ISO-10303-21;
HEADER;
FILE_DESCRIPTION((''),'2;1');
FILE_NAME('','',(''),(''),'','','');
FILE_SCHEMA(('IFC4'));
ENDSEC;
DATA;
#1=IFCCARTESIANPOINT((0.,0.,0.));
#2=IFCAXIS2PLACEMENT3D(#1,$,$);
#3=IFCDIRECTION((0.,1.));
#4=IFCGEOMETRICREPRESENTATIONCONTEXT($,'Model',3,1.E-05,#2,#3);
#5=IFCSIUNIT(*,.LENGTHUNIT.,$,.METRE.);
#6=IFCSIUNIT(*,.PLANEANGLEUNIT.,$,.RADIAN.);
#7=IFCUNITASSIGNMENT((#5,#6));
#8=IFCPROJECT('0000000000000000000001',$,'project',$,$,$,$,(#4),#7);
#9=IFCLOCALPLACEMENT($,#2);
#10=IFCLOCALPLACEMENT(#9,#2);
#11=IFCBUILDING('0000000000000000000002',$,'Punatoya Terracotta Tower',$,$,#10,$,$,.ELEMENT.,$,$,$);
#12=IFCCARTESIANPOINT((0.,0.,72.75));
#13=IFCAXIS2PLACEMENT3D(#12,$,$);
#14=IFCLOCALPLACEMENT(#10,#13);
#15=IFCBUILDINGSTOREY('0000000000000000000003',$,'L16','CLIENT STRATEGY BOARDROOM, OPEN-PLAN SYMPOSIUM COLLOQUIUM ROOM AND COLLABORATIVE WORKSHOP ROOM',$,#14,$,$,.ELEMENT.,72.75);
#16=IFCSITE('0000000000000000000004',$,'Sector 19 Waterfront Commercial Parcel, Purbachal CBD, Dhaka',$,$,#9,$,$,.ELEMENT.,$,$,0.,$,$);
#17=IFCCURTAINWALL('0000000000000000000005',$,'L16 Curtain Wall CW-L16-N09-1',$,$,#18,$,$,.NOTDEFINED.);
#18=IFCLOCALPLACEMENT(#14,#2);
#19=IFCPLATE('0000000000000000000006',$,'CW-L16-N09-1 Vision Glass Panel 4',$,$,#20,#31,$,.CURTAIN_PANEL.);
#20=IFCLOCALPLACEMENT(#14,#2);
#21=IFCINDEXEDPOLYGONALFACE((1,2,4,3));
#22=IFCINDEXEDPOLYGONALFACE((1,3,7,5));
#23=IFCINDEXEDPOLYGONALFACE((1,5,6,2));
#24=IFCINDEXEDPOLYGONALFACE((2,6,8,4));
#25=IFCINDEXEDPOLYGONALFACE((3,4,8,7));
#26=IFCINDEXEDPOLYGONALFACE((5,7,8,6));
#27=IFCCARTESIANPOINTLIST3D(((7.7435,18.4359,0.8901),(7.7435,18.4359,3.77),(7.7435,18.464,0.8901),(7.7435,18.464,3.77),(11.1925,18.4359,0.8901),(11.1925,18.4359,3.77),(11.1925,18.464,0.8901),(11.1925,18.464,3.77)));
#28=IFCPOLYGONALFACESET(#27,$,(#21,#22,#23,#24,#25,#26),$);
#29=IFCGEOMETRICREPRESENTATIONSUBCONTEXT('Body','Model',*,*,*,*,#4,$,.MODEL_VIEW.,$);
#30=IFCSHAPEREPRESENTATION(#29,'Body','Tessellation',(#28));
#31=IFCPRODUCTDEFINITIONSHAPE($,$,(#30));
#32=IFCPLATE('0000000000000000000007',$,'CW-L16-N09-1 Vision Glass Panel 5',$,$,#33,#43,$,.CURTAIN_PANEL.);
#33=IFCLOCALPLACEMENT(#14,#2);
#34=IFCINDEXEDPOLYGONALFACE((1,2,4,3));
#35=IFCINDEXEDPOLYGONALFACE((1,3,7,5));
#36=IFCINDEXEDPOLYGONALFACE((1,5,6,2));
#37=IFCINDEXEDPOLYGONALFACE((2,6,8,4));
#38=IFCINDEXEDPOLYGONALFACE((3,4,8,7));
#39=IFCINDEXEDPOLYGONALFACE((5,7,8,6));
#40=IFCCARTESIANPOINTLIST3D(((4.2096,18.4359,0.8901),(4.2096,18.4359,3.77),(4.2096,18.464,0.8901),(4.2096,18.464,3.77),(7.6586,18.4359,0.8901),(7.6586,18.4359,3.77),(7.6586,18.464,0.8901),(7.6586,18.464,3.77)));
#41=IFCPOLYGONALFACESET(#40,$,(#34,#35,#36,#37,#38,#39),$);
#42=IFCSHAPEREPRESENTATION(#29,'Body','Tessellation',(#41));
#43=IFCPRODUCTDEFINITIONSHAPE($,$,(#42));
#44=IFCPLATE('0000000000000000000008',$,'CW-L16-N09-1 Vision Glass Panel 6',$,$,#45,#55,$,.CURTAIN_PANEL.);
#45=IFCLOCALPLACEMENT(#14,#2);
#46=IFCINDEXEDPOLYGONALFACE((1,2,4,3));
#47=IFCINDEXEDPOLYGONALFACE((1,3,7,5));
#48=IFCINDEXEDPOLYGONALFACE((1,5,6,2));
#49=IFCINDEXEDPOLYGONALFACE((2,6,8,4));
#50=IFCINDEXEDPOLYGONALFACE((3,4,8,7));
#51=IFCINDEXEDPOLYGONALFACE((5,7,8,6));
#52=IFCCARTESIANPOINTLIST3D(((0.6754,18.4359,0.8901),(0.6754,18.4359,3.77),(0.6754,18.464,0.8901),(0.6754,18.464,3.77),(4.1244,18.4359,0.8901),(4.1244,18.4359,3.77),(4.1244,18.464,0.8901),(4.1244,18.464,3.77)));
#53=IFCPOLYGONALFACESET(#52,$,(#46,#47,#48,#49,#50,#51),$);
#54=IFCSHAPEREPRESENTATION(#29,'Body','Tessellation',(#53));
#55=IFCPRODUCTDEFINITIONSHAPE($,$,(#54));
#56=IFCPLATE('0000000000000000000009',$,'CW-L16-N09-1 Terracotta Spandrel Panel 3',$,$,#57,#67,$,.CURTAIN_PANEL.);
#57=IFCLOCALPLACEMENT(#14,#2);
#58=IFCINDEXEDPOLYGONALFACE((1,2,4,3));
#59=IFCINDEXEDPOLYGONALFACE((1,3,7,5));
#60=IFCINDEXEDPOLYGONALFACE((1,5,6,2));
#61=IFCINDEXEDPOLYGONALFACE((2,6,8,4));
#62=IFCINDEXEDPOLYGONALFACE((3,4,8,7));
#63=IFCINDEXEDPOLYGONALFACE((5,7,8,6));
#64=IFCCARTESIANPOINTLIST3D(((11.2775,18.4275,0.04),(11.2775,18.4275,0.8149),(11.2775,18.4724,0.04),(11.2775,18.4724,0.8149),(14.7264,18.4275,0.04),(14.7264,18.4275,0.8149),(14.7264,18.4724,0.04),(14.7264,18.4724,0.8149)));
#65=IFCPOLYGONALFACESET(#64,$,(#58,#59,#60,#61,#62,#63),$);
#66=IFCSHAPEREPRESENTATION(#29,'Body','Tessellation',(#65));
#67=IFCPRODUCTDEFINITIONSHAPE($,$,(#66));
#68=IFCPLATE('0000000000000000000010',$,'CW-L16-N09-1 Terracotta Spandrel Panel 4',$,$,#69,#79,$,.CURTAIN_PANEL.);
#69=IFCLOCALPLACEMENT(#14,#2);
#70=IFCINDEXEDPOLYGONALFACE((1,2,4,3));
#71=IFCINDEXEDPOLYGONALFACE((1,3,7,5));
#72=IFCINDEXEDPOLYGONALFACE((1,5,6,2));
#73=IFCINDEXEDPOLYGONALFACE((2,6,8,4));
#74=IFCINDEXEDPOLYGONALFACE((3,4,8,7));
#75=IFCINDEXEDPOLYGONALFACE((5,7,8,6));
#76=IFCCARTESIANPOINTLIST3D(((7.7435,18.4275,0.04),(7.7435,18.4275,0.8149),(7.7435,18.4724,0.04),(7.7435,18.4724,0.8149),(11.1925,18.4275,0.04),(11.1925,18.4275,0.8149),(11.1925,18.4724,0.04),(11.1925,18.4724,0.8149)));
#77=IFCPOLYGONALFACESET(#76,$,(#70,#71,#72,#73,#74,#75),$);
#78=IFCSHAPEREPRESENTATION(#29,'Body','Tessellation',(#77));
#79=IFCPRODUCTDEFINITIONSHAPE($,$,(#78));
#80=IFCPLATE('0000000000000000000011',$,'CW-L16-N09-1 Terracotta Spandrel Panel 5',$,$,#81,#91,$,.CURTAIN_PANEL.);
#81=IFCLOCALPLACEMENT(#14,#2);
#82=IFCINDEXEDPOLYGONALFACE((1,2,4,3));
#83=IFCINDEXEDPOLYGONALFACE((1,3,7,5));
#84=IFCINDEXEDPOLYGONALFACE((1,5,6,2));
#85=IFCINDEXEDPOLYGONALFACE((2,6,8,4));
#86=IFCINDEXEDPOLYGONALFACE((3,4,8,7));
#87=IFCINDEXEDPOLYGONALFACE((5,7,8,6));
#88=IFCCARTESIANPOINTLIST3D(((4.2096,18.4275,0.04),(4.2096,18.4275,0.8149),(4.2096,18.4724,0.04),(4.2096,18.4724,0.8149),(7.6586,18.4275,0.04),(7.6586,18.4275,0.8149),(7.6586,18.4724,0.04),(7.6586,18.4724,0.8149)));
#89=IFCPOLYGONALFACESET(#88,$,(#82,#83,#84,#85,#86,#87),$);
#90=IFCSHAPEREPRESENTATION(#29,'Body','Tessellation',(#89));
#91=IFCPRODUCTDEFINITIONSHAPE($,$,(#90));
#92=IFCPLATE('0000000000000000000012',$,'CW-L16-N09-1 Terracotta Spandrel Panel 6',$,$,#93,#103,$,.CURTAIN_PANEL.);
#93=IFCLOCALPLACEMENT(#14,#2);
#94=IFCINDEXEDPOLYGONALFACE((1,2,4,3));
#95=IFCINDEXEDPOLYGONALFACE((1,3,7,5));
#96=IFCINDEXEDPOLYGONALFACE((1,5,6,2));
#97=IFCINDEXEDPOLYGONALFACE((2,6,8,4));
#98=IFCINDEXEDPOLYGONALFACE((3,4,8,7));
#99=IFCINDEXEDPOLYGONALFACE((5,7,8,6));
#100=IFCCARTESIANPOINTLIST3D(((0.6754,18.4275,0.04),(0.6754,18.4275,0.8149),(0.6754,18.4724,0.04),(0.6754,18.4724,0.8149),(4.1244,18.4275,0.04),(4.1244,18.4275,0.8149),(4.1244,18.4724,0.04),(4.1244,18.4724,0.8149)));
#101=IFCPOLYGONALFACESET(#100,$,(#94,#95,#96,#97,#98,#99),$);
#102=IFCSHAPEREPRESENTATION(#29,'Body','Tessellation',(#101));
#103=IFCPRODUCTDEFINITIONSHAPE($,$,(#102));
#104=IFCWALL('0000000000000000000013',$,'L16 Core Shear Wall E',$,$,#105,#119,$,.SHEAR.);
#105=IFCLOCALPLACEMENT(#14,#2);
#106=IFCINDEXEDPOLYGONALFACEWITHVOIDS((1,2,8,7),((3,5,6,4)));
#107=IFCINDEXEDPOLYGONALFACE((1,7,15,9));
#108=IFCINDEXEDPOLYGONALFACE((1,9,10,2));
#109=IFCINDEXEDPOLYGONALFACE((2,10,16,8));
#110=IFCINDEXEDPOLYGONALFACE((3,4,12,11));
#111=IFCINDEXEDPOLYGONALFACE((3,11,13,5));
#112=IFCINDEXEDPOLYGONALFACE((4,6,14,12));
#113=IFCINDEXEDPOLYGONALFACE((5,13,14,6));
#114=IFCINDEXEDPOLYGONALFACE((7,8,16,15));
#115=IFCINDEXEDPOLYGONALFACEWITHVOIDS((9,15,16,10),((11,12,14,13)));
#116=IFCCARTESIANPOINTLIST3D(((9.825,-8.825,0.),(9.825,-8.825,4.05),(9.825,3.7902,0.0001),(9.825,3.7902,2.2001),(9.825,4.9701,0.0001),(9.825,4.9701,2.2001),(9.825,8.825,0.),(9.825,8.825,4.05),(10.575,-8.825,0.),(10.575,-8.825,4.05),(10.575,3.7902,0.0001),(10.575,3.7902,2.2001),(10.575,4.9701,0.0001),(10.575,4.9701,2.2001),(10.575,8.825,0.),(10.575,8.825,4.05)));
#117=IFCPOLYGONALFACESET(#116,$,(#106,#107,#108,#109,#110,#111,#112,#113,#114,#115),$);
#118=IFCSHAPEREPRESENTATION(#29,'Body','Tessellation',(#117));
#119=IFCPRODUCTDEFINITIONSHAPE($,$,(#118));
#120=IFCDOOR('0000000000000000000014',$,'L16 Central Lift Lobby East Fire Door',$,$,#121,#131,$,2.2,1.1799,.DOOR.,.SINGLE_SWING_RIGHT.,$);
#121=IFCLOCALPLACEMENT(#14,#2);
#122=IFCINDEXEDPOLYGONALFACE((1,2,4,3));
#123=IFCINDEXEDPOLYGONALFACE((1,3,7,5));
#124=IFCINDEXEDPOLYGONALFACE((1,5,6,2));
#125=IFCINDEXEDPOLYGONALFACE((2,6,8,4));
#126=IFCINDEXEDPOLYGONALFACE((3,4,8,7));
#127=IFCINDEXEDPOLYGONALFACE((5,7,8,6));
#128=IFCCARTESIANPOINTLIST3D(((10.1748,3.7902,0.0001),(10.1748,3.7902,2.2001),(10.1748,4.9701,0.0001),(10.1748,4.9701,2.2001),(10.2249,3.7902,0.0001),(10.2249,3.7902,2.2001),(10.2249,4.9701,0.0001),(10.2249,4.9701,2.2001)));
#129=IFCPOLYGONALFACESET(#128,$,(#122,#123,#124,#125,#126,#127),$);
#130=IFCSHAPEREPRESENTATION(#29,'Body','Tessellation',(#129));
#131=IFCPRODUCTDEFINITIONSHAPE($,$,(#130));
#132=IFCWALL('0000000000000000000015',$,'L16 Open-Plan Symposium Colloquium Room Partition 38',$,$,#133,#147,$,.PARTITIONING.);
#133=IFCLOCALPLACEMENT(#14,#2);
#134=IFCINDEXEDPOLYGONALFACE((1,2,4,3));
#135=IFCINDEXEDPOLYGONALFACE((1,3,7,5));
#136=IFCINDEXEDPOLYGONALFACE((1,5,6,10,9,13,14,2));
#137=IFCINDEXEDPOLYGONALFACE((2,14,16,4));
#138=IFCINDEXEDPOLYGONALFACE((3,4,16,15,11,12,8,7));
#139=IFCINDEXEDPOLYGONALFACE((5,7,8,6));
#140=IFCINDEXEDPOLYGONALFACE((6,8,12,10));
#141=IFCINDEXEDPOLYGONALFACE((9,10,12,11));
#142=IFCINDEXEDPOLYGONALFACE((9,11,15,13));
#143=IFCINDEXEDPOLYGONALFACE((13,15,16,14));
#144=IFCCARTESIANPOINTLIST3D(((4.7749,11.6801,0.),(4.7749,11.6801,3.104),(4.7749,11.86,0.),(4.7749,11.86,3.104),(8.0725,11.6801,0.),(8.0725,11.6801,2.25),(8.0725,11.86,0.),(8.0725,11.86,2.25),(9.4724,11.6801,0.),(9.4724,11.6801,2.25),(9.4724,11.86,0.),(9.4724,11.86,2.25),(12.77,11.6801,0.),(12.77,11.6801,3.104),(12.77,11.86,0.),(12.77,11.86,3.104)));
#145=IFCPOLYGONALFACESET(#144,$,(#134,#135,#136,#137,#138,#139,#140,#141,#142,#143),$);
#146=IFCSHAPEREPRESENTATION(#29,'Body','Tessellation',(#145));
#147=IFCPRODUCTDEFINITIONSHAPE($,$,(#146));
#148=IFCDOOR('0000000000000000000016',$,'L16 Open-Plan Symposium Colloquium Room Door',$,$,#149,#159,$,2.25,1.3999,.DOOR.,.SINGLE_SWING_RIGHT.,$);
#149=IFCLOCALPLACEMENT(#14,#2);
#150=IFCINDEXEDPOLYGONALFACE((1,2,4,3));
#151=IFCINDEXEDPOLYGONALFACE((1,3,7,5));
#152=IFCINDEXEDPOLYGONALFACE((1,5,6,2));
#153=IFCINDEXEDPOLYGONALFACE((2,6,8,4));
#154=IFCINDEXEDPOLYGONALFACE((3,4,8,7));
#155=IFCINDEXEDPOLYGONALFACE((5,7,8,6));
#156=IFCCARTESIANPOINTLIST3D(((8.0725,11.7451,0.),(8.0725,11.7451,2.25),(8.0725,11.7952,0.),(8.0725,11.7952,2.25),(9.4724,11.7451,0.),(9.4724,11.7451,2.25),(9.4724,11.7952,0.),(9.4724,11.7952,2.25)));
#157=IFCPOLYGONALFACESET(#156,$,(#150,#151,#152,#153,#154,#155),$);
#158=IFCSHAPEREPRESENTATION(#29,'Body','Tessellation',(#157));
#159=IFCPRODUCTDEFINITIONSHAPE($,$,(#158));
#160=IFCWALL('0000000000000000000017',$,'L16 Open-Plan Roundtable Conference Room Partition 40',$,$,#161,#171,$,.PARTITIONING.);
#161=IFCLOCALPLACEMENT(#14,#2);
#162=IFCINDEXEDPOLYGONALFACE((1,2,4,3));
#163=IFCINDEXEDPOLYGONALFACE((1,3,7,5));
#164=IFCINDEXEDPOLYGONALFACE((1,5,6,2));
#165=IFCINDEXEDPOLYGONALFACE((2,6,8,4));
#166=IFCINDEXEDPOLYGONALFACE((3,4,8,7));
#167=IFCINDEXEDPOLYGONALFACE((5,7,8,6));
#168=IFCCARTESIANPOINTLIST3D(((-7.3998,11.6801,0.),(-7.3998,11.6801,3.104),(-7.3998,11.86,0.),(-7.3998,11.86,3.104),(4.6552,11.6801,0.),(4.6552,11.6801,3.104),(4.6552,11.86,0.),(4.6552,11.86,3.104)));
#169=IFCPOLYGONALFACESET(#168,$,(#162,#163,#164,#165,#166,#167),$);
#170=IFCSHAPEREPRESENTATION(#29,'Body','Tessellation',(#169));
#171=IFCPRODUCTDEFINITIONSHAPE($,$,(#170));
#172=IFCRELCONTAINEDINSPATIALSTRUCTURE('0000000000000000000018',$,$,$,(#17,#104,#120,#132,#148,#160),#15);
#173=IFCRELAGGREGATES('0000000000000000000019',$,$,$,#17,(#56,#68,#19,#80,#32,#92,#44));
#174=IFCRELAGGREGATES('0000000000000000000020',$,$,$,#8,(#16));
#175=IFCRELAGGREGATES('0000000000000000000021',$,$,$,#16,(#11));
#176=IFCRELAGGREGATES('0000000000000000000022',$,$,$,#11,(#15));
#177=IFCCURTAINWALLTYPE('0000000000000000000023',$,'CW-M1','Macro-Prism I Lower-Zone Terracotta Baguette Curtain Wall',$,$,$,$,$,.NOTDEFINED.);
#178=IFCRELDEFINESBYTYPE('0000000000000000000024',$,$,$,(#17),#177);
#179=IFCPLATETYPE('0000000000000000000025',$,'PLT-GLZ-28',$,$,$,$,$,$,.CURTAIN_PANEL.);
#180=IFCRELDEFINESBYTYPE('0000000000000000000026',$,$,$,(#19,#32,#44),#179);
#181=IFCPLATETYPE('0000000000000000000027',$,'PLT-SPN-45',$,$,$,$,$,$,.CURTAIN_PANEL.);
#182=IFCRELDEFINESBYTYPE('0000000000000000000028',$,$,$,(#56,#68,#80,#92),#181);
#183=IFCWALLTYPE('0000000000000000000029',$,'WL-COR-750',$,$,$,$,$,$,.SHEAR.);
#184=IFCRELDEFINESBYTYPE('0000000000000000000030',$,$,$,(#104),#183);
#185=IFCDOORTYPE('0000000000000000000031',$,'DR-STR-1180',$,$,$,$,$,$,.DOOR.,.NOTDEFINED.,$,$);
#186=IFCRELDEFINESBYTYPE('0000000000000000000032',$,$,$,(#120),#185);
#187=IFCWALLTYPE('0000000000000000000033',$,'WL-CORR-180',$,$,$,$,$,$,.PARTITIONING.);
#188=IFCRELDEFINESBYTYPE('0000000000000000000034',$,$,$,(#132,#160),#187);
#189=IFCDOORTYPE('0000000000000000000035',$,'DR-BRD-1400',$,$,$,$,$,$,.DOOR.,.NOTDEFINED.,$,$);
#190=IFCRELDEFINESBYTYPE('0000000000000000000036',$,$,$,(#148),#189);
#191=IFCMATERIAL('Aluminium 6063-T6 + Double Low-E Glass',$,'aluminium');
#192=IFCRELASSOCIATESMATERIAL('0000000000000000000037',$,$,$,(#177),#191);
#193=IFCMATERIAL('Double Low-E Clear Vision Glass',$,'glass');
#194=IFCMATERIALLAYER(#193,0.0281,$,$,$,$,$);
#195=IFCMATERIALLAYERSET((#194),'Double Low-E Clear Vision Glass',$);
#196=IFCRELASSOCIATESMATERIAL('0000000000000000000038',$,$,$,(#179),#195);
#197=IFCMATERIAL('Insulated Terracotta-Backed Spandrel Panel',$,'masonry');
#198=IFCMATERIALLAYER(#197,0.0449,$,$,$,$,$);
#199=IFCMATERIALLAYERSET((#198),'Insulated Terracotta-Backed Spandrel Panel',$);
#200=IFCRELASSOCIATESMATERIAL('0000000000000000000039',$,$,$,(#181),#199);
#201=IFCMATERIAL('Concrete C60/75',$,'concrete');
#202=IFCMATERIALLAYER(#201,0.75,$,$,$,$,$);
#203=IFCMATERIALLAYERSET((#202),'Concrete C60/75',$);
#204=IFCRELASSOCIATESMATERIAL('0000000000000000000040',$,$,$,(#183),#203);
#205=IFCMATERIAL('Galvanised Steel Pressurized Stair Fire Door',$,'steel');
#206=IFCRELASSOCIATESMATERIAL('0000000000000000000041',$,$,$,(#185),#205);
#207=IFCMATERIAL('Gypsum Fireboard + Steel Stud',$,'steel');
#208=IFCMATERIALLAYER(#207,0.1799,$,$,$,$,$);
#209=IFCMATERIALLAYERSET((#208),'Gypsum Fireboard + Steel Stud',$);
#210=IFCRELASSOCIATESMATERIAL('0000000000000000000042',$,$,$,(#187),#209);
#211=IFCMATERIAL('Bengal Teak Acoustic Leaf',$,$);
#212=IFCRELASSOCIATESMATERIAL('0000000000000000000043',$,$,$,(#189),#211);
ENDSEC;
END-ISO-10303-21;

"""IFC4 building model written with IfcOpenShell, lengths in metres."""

from ifc_helpers import new_model, si_unit, direction, frame, frame_2d, origin, origin_2d, place, context, subcontext, project, spatial, rectangle, extrude, material, layer, layer_set, type_object, element, fill, aggregate, save


model = new_model("IFC4")

# Units and contexts
model_context = context("Model", 3, precision=1e-05, world=origin(), true_north=direction((0.0, 1.0)))
body_context = subcontext(model_context, "Body", "Model", "MODEL_VIEW")
ifc_project = project(units=[si_unit("LENGTHUNIT", "METRE"), si_unit("PLANEANGLEUNIT", "RADIAN")], contexts=[model_context])

# Site, building, storey
site_placement = place(None, origin())
site = spatial("IfcSite", under=ifc_project, at=site_placement, Name="Sector 19 Waterfront Commercial Parcel, Purbachal CBD, Dhaka", CompositionType="ELEMENT", RefElevation=0.0)
building_placement = place(site_placement, origin())
building = spatial("IfcBuilding", under=site, at=building_placement, Name="Punatoya Terracotta Tower", CompositionType="ELEMENT")
storey_placement = place(building_placement, frame((0.0, 0.0, 72.75)))
storey = spatial("IfcBuildingStorey", under=building, at=storey_placement, Name="L16", Description="CLIENT STRATEGY BOARDROOM, OPEN-PLAN SYMPOSIUM COLLOQUIUM ROOM AND COLLABORATIVE WORKSHOP ROOM", CompositionType="ELEMENT", Elevation=72.75)

# Curtain wall, plates
ifc_material_1 = material(Name="Aluminium 6063-T6 + Double Low-E Glass", Category="aluminium")
curtain_wall_type = type_object("IfcCurtainWallType", Name="CW-M1", Description="Macro-Prism I Lower-Zone Terracotta Baguette Curtain Wall", PredefinedType="NOTDEFINED", material=ifc_material_1)
curtain_wall_placement = place(storey_placement, origin())
curtain_wall = element("IfcCurtainWall", 1, at=curtain_wall_placement, inside=storey, type_object=curtain_wall_type, Name="L16 Curtain Wall CW-L16-N09-1", PredefinedType="NOTDEFINED")
ifc_material_2 = material(Name="Double Low-E Clear Vision Glass", Category="glass")
ifc_layer_1 = layer(ifc_material_2, 0.0281)
ifc_layer_set_1 = layer_set([ifc_layer_1], Name="Double Low-E Clear Vision Glass")
plate_type_1 = type_object("IfcPlateType", Name="PLT-GLZ-28", PredefinedType="CURTAIN_PANEL", material=ifc_layer_set_1)
plate_1_placement = place(storey_placement, frame((9.468, 18.45, 0.8901), z_axis=(0.0, 0.0, 1.0), x_axis=(-1.0, 0.0, 0.0)))
plate_1 = element("IfcPlate", 2, at=plate_1_placement, type_object=plate_type_1, Name="CW-L16-N09-1 Vision Glass Panel 4", PredefinedType="CURTAIN_PANEL", context=body_context, shape_type="SweptSolid", body=[
    extrude(rectangle(XDim=3.449, YDim=0.0281, at=origin_2d()), origin(), (0.0, 0.0, 1.0), 2.8799),
])
plate_2_placement = place(storey_placement, frame((5.9341, 18.45, 0.8901), z_axis=(0.0, 0.0, 1.0), x_axis=(-1.0, 0.0, 0.0)))
plate_2 = element("IfcPlate", 3, at=plate_2_placement, type_object=plate_type_1, Name="CW-L16-N09-1 Vision Glass Panel 5", PredefinedType="CURTAIN_PANEL", context=body_context, shape_type="SweptSolid", body=[
    extrude(rectangle(XDim=3.449, YDim=0.0281, at=origin_2d()), origin(), (0.0, 0.0, 1.0), 2.8799),
])
plate_3_placement = place(storey_placement, frame((2.3999, 18.45, 0.8901), z_axis=(0.0, 0.0, 1.0), x_axis=(-1.0, 0.0, 0.0)))
plate_3 = element("IfcPlate", 4, at=plate_3_placement, type_object=plate_type_1, Name="CW-L16-N09-1 Vision Glass Panel 6", PredefinedType="CURTAIN_PANEL", context=body_context, shape_type="SweptSolid", body=[
    extrude(rectangle(XDim=3.449, YDim=0.0281, at=origin_2d()), origin(), (0.0, 0.0, 1.0), 2.8799),
])
ifc_material_3 = material(Name="Insulated Terracotta-Backed Spandrel Panel", Category="masonry")
ifc_layer_2 = layer(ifc_material_3, 0.0449)
ifc_layer_set_2 = layer_set([ifc_layer_2], Name="Insulated Terracotta-Backed Spandrel Panel")
plate_type_2 = type_object("IfcPlateType", Name="PLT-SPN-45", PredefinedType="CURTAIN_PANEL", material=ifc_layer_set_2)
plate_4_placement = place(storey_placement, frame((13.002, 18.45, 0.04), z_axis=(0.0, 0.0, 1.0), x_axis=(-1.0, 0.0, 0.0)))
plate_4 = element("IfcPlate", 5, at=plate_4_placement, type_object=plate_type_2, Name="CW-L16-N09-1 Terracotta Spandrel Panel 3", PredefinedType="CURTAIN_PANEL", context=body_context, shape_type="SweptSolid", body=[
    extrude(rectangle(XDim=3.449, YDim=0.0449, at=origin_2d()), origin(), (0.0, 0.0, 1.0), 0.7749),
])
plate_5_placement = place(storey_placement, frame((9.468, 18.45, 0.04), z_axis=(0.0, 0.0, 1.0), x_axis=(-1.0, 0.0, 0.0)))
plate_5 = element("IfcPlate", 6, at=plate_5_placement, type_object=plate_type_2, Name="CW-L16-N09-1 Terracotta Spandrel Panel 4", PredefinedType="CURTAIN_PANEL", context=body_context, shape_type="SweptSolid", body=[
    extrude(rectangle(XDim=3.449, YDim=0.0449, at=origin_2d()), origin(), (0.0, 0.0, 1.0), 0.7749),
])
plate_6_placement = place(storey_placement, frame((5.9341, 18.45, 0.04), z_axis=(0.0, 0.0, 1.0), x_axis=(-1.0, 0.0, 0.0)))
plate_6 = element("IfcPlate", 7, at=plate_6_placement, type_object=plate_type_2, Name="CW-L16-N09-1 Terracotta Spandrel Panel 5", PredefinedType="CURTAIN_PANEL", context=body_context, shape_type="SweptSolid", body=[
    extrude(rectangle(XDim=3.449, YDim=0.0449, at=origin_2d()), origin(), (0.0, 0.0, 1.0), 0.7749),
])
plate_7_placement = place(storey_placement, frame((2.3999, 18.45, 0.04), z_axis=(0.0, 0.0, 1.0), x_axis=(-1.0, 0.0, 0.0)))
plate_7 = element("IfcPlate", 8, at=plate_7_placement, type_object=plate_type_2, Name="CW-L16-N09-1 Terracotta Spandrel Panel 6", PredefinedType="CURTAIN_PANEL", context=body_context, shape_type="SweptSolid", body=[
    extrude(rectangle(XDim=3.449, YDim=0.0449, at=origin_2d()), origin(), (0.0, 0.0, 1.0), 0.7749),
])
aggregate(curtain_wall, [plate_4, plate_5, plate_1, plate_6, plate_2, plate_7, plate_3])

# Walls, openings, doors
ifc_material_4 = material(Name="Concrete C60/75", Category="concrete")
ifc_layer_3 = layer(ifc_material_4, 0.75)
ifc_layer_set_3 = layer_set([ifc_layer_3], Name="Concrete C60/75")
wall_type_1 = type_object("IfcWallType", Name="WL-COR-750", PredefinedType="SHEAR", material=ifc_layer_set_3)
wall_1_placement = place(storey_placement, frame((10.2, 8.825, 0.0), z_axis=(0.0, 0.0, 1.0), x_axis=(0.0, -1.0, 0.0)))
wall_1 = element("IfcWall", 9, at=wall_1_placement, inside=storey, type_object=wall_type_1, Name="L16 Core Shear Wall E", PredefinedType="SHEAR", context=body_context, shape_type="SweptSolid", body=[
    extrude(rectangle(XDim=17.6499, YDim=0.75, at=frame_2d((8.825, 0.0))), origin(), (0.0, 0.0, 1.0), 4.05),
])
opening_1_placement = place(wall_1_placement, frame((3.855, 0.0, 0.0)))
opening_1 = element("IfcOpeningElement", 10, at=opening_1_placement, cuts=wall_1, PredefinedType="OPENING", context=body_context, shape_type="SweptSolid", body=[
    extrude(rectangle(XDim=1.1799, YDim=2.2, at=frame_2d((0.5898, 1.1001))), frame((0.0, 0.385, 0.0), z_axis=(0.0, -1.0, 0.0), x_axis=(1.0, 0.0, 0.0)), (0.0, 0.0, 1.0), 0.77),
])
ifc_material_5 = material(Name="Galvanised Steel Pressurized Stair Fire Door", Category="steel")
door_type_1 = type_object("IfcDoorType", Name="DR-STR-1180", OperationType="NOTDEFINED", PredefinedType="DOOR", material=ifc_material_5)
door_1_placement = place(opening_1_placement, origin())
door_1 = element("IfcDoor", 11, at=door_1_placement, inside=storey, type_object=door_type_1, Name="L16 Central Lift Lobby East Fire Door", OperationType="SINGLE_SWING_RIGHT", OverallHeight=2.2, OverallWidth=1.1799, PredefinedType="DOOR", context=body_context, shape_type="SweptSolid", body=[
    extrude(rectangle(XDim=1.1799, YDim=2.2, at=frame_2d((0.5898, 1.1001))), frame((0.0, 0.0249, 0.0), z_axis=(0.0, -1.0, 0.0), x_axis=(1.0, 0.0, 0.0)), (0.0, 0.0, 1.0), 0.05),
])
fill(opening_1, door_1)
ifc_material_6 = material(Name="Gypsum Fireboard + Steel Stud", Category="steel")
ifc_layer_4 = layer(ifc_material_6, 0.1799)
ifc_layer_set_4 = layer_set([ifc_layer_4], Name="Gypsum Fireboard + Steel Stud")
wall_type_2 = type_object("IfcWallType", Name="WL-CORR-180", PredefinedType="PARTITIONING", material=ifc_layer_set_4)
wall_2_placement = place(storey_placement, frame((12.77, 11.77, 0.0), z_axis=(0.0, 0.0, 1.0), x_axis=(-1.0, 0.0, 0.0)))
wall_2 = element("IfcWall", 12, at=wall_2_placement, inside=storey, type_object=wall_type_2, Name="L16 Open-Plan Symposium Colloquium Room Partition 38", PredefinedType="PARTITIONING", context=body_context, shape_type="SweptSolid", body=[
    extrude(rectangle(XDim=7.9951, YDim=0.1799, at=frame_2d((3.9976, 0.0))), origin(), (0.0, 0.0, 1.0), 3.104),
])
opening_2_placement = place(wall_2_placement, frame((3.2976, 0.0, 0.0)))
opening_2 = element("IfcOpeningElement", 13, at=opening_2_placement, cuts=wall_2, PredefinedType="OPENING", context=body_context, shape_type="SweptSolid", body=[
    extrude(rectangle(XDim=1.3999, YDim=2.25, at=frame_2d((0.7, 1.125))), frame((0.0, 0.0999, 0.0), z_axis=(0.0, -1.0, 0.0), x_axis=(1.0, 0.0, 0.0)), (0.0, 0.0, 1.0), 0.2),
])
ifc_material_7 = material(Name="Bengal Teak Acoustic Leaf")
door_type_2 = type_object("IfcDoorType", Name="DR-BRD-1400", OperationType="NOTDEFINED", PredefinedType="DOOR", material=ifc_material_7)
door_2_placement = place(opening_2_placement, origin())
door_2 = element("IfcDoor", 14, at=door_2_placement, inside=storey, type_object=door_type_2, Name="L16 Open-Plan Symposium Colloquium Room Door", OperationType="SINGLE_SWING_RIGHT", OverallHeight=2.25, OverallWidth=1.3999, PredefinedType="DOOR", context=body_context, shape_type="SweptSolid", body=[
    extrude(rectangle(XDim=1.3999, YDim=2.25, at=frame_2d((0.7, 1.125))), frame((0.0, 0.0249, 0.0), z_axis=(0.0, -1.0, 0.0), x_axis=(1.0, 0.0, 0.0)), (0.0, 0.0, 1.0), 0.05),
])
fill(opening_2, door_2)

# Wall
wall_3_placement = place(storey_placement, frame((4.655, 11.77, 0.0), z_axis=(0.0, 0.0, 1.0), x_axis=(-1.0, 0.0, 0.0)))
element("IfcWall", 15, at=wall_3_placement, inside=storey, type_object=wall_type_2, Name="L16 Open-Plan Roundtable Conference Room Partition 40", PredefinedType="PARTITIONING", context=body_context, shape_type="SweptSolid", body=[
    extrude(rectangle(XDim=12.0549, YDim=0.1799, at=frame_2d((6.0273, 0.0))), origin(), (0.0, 0.0, 1.0), 3.104),
])

save(model, "model.ifc")
